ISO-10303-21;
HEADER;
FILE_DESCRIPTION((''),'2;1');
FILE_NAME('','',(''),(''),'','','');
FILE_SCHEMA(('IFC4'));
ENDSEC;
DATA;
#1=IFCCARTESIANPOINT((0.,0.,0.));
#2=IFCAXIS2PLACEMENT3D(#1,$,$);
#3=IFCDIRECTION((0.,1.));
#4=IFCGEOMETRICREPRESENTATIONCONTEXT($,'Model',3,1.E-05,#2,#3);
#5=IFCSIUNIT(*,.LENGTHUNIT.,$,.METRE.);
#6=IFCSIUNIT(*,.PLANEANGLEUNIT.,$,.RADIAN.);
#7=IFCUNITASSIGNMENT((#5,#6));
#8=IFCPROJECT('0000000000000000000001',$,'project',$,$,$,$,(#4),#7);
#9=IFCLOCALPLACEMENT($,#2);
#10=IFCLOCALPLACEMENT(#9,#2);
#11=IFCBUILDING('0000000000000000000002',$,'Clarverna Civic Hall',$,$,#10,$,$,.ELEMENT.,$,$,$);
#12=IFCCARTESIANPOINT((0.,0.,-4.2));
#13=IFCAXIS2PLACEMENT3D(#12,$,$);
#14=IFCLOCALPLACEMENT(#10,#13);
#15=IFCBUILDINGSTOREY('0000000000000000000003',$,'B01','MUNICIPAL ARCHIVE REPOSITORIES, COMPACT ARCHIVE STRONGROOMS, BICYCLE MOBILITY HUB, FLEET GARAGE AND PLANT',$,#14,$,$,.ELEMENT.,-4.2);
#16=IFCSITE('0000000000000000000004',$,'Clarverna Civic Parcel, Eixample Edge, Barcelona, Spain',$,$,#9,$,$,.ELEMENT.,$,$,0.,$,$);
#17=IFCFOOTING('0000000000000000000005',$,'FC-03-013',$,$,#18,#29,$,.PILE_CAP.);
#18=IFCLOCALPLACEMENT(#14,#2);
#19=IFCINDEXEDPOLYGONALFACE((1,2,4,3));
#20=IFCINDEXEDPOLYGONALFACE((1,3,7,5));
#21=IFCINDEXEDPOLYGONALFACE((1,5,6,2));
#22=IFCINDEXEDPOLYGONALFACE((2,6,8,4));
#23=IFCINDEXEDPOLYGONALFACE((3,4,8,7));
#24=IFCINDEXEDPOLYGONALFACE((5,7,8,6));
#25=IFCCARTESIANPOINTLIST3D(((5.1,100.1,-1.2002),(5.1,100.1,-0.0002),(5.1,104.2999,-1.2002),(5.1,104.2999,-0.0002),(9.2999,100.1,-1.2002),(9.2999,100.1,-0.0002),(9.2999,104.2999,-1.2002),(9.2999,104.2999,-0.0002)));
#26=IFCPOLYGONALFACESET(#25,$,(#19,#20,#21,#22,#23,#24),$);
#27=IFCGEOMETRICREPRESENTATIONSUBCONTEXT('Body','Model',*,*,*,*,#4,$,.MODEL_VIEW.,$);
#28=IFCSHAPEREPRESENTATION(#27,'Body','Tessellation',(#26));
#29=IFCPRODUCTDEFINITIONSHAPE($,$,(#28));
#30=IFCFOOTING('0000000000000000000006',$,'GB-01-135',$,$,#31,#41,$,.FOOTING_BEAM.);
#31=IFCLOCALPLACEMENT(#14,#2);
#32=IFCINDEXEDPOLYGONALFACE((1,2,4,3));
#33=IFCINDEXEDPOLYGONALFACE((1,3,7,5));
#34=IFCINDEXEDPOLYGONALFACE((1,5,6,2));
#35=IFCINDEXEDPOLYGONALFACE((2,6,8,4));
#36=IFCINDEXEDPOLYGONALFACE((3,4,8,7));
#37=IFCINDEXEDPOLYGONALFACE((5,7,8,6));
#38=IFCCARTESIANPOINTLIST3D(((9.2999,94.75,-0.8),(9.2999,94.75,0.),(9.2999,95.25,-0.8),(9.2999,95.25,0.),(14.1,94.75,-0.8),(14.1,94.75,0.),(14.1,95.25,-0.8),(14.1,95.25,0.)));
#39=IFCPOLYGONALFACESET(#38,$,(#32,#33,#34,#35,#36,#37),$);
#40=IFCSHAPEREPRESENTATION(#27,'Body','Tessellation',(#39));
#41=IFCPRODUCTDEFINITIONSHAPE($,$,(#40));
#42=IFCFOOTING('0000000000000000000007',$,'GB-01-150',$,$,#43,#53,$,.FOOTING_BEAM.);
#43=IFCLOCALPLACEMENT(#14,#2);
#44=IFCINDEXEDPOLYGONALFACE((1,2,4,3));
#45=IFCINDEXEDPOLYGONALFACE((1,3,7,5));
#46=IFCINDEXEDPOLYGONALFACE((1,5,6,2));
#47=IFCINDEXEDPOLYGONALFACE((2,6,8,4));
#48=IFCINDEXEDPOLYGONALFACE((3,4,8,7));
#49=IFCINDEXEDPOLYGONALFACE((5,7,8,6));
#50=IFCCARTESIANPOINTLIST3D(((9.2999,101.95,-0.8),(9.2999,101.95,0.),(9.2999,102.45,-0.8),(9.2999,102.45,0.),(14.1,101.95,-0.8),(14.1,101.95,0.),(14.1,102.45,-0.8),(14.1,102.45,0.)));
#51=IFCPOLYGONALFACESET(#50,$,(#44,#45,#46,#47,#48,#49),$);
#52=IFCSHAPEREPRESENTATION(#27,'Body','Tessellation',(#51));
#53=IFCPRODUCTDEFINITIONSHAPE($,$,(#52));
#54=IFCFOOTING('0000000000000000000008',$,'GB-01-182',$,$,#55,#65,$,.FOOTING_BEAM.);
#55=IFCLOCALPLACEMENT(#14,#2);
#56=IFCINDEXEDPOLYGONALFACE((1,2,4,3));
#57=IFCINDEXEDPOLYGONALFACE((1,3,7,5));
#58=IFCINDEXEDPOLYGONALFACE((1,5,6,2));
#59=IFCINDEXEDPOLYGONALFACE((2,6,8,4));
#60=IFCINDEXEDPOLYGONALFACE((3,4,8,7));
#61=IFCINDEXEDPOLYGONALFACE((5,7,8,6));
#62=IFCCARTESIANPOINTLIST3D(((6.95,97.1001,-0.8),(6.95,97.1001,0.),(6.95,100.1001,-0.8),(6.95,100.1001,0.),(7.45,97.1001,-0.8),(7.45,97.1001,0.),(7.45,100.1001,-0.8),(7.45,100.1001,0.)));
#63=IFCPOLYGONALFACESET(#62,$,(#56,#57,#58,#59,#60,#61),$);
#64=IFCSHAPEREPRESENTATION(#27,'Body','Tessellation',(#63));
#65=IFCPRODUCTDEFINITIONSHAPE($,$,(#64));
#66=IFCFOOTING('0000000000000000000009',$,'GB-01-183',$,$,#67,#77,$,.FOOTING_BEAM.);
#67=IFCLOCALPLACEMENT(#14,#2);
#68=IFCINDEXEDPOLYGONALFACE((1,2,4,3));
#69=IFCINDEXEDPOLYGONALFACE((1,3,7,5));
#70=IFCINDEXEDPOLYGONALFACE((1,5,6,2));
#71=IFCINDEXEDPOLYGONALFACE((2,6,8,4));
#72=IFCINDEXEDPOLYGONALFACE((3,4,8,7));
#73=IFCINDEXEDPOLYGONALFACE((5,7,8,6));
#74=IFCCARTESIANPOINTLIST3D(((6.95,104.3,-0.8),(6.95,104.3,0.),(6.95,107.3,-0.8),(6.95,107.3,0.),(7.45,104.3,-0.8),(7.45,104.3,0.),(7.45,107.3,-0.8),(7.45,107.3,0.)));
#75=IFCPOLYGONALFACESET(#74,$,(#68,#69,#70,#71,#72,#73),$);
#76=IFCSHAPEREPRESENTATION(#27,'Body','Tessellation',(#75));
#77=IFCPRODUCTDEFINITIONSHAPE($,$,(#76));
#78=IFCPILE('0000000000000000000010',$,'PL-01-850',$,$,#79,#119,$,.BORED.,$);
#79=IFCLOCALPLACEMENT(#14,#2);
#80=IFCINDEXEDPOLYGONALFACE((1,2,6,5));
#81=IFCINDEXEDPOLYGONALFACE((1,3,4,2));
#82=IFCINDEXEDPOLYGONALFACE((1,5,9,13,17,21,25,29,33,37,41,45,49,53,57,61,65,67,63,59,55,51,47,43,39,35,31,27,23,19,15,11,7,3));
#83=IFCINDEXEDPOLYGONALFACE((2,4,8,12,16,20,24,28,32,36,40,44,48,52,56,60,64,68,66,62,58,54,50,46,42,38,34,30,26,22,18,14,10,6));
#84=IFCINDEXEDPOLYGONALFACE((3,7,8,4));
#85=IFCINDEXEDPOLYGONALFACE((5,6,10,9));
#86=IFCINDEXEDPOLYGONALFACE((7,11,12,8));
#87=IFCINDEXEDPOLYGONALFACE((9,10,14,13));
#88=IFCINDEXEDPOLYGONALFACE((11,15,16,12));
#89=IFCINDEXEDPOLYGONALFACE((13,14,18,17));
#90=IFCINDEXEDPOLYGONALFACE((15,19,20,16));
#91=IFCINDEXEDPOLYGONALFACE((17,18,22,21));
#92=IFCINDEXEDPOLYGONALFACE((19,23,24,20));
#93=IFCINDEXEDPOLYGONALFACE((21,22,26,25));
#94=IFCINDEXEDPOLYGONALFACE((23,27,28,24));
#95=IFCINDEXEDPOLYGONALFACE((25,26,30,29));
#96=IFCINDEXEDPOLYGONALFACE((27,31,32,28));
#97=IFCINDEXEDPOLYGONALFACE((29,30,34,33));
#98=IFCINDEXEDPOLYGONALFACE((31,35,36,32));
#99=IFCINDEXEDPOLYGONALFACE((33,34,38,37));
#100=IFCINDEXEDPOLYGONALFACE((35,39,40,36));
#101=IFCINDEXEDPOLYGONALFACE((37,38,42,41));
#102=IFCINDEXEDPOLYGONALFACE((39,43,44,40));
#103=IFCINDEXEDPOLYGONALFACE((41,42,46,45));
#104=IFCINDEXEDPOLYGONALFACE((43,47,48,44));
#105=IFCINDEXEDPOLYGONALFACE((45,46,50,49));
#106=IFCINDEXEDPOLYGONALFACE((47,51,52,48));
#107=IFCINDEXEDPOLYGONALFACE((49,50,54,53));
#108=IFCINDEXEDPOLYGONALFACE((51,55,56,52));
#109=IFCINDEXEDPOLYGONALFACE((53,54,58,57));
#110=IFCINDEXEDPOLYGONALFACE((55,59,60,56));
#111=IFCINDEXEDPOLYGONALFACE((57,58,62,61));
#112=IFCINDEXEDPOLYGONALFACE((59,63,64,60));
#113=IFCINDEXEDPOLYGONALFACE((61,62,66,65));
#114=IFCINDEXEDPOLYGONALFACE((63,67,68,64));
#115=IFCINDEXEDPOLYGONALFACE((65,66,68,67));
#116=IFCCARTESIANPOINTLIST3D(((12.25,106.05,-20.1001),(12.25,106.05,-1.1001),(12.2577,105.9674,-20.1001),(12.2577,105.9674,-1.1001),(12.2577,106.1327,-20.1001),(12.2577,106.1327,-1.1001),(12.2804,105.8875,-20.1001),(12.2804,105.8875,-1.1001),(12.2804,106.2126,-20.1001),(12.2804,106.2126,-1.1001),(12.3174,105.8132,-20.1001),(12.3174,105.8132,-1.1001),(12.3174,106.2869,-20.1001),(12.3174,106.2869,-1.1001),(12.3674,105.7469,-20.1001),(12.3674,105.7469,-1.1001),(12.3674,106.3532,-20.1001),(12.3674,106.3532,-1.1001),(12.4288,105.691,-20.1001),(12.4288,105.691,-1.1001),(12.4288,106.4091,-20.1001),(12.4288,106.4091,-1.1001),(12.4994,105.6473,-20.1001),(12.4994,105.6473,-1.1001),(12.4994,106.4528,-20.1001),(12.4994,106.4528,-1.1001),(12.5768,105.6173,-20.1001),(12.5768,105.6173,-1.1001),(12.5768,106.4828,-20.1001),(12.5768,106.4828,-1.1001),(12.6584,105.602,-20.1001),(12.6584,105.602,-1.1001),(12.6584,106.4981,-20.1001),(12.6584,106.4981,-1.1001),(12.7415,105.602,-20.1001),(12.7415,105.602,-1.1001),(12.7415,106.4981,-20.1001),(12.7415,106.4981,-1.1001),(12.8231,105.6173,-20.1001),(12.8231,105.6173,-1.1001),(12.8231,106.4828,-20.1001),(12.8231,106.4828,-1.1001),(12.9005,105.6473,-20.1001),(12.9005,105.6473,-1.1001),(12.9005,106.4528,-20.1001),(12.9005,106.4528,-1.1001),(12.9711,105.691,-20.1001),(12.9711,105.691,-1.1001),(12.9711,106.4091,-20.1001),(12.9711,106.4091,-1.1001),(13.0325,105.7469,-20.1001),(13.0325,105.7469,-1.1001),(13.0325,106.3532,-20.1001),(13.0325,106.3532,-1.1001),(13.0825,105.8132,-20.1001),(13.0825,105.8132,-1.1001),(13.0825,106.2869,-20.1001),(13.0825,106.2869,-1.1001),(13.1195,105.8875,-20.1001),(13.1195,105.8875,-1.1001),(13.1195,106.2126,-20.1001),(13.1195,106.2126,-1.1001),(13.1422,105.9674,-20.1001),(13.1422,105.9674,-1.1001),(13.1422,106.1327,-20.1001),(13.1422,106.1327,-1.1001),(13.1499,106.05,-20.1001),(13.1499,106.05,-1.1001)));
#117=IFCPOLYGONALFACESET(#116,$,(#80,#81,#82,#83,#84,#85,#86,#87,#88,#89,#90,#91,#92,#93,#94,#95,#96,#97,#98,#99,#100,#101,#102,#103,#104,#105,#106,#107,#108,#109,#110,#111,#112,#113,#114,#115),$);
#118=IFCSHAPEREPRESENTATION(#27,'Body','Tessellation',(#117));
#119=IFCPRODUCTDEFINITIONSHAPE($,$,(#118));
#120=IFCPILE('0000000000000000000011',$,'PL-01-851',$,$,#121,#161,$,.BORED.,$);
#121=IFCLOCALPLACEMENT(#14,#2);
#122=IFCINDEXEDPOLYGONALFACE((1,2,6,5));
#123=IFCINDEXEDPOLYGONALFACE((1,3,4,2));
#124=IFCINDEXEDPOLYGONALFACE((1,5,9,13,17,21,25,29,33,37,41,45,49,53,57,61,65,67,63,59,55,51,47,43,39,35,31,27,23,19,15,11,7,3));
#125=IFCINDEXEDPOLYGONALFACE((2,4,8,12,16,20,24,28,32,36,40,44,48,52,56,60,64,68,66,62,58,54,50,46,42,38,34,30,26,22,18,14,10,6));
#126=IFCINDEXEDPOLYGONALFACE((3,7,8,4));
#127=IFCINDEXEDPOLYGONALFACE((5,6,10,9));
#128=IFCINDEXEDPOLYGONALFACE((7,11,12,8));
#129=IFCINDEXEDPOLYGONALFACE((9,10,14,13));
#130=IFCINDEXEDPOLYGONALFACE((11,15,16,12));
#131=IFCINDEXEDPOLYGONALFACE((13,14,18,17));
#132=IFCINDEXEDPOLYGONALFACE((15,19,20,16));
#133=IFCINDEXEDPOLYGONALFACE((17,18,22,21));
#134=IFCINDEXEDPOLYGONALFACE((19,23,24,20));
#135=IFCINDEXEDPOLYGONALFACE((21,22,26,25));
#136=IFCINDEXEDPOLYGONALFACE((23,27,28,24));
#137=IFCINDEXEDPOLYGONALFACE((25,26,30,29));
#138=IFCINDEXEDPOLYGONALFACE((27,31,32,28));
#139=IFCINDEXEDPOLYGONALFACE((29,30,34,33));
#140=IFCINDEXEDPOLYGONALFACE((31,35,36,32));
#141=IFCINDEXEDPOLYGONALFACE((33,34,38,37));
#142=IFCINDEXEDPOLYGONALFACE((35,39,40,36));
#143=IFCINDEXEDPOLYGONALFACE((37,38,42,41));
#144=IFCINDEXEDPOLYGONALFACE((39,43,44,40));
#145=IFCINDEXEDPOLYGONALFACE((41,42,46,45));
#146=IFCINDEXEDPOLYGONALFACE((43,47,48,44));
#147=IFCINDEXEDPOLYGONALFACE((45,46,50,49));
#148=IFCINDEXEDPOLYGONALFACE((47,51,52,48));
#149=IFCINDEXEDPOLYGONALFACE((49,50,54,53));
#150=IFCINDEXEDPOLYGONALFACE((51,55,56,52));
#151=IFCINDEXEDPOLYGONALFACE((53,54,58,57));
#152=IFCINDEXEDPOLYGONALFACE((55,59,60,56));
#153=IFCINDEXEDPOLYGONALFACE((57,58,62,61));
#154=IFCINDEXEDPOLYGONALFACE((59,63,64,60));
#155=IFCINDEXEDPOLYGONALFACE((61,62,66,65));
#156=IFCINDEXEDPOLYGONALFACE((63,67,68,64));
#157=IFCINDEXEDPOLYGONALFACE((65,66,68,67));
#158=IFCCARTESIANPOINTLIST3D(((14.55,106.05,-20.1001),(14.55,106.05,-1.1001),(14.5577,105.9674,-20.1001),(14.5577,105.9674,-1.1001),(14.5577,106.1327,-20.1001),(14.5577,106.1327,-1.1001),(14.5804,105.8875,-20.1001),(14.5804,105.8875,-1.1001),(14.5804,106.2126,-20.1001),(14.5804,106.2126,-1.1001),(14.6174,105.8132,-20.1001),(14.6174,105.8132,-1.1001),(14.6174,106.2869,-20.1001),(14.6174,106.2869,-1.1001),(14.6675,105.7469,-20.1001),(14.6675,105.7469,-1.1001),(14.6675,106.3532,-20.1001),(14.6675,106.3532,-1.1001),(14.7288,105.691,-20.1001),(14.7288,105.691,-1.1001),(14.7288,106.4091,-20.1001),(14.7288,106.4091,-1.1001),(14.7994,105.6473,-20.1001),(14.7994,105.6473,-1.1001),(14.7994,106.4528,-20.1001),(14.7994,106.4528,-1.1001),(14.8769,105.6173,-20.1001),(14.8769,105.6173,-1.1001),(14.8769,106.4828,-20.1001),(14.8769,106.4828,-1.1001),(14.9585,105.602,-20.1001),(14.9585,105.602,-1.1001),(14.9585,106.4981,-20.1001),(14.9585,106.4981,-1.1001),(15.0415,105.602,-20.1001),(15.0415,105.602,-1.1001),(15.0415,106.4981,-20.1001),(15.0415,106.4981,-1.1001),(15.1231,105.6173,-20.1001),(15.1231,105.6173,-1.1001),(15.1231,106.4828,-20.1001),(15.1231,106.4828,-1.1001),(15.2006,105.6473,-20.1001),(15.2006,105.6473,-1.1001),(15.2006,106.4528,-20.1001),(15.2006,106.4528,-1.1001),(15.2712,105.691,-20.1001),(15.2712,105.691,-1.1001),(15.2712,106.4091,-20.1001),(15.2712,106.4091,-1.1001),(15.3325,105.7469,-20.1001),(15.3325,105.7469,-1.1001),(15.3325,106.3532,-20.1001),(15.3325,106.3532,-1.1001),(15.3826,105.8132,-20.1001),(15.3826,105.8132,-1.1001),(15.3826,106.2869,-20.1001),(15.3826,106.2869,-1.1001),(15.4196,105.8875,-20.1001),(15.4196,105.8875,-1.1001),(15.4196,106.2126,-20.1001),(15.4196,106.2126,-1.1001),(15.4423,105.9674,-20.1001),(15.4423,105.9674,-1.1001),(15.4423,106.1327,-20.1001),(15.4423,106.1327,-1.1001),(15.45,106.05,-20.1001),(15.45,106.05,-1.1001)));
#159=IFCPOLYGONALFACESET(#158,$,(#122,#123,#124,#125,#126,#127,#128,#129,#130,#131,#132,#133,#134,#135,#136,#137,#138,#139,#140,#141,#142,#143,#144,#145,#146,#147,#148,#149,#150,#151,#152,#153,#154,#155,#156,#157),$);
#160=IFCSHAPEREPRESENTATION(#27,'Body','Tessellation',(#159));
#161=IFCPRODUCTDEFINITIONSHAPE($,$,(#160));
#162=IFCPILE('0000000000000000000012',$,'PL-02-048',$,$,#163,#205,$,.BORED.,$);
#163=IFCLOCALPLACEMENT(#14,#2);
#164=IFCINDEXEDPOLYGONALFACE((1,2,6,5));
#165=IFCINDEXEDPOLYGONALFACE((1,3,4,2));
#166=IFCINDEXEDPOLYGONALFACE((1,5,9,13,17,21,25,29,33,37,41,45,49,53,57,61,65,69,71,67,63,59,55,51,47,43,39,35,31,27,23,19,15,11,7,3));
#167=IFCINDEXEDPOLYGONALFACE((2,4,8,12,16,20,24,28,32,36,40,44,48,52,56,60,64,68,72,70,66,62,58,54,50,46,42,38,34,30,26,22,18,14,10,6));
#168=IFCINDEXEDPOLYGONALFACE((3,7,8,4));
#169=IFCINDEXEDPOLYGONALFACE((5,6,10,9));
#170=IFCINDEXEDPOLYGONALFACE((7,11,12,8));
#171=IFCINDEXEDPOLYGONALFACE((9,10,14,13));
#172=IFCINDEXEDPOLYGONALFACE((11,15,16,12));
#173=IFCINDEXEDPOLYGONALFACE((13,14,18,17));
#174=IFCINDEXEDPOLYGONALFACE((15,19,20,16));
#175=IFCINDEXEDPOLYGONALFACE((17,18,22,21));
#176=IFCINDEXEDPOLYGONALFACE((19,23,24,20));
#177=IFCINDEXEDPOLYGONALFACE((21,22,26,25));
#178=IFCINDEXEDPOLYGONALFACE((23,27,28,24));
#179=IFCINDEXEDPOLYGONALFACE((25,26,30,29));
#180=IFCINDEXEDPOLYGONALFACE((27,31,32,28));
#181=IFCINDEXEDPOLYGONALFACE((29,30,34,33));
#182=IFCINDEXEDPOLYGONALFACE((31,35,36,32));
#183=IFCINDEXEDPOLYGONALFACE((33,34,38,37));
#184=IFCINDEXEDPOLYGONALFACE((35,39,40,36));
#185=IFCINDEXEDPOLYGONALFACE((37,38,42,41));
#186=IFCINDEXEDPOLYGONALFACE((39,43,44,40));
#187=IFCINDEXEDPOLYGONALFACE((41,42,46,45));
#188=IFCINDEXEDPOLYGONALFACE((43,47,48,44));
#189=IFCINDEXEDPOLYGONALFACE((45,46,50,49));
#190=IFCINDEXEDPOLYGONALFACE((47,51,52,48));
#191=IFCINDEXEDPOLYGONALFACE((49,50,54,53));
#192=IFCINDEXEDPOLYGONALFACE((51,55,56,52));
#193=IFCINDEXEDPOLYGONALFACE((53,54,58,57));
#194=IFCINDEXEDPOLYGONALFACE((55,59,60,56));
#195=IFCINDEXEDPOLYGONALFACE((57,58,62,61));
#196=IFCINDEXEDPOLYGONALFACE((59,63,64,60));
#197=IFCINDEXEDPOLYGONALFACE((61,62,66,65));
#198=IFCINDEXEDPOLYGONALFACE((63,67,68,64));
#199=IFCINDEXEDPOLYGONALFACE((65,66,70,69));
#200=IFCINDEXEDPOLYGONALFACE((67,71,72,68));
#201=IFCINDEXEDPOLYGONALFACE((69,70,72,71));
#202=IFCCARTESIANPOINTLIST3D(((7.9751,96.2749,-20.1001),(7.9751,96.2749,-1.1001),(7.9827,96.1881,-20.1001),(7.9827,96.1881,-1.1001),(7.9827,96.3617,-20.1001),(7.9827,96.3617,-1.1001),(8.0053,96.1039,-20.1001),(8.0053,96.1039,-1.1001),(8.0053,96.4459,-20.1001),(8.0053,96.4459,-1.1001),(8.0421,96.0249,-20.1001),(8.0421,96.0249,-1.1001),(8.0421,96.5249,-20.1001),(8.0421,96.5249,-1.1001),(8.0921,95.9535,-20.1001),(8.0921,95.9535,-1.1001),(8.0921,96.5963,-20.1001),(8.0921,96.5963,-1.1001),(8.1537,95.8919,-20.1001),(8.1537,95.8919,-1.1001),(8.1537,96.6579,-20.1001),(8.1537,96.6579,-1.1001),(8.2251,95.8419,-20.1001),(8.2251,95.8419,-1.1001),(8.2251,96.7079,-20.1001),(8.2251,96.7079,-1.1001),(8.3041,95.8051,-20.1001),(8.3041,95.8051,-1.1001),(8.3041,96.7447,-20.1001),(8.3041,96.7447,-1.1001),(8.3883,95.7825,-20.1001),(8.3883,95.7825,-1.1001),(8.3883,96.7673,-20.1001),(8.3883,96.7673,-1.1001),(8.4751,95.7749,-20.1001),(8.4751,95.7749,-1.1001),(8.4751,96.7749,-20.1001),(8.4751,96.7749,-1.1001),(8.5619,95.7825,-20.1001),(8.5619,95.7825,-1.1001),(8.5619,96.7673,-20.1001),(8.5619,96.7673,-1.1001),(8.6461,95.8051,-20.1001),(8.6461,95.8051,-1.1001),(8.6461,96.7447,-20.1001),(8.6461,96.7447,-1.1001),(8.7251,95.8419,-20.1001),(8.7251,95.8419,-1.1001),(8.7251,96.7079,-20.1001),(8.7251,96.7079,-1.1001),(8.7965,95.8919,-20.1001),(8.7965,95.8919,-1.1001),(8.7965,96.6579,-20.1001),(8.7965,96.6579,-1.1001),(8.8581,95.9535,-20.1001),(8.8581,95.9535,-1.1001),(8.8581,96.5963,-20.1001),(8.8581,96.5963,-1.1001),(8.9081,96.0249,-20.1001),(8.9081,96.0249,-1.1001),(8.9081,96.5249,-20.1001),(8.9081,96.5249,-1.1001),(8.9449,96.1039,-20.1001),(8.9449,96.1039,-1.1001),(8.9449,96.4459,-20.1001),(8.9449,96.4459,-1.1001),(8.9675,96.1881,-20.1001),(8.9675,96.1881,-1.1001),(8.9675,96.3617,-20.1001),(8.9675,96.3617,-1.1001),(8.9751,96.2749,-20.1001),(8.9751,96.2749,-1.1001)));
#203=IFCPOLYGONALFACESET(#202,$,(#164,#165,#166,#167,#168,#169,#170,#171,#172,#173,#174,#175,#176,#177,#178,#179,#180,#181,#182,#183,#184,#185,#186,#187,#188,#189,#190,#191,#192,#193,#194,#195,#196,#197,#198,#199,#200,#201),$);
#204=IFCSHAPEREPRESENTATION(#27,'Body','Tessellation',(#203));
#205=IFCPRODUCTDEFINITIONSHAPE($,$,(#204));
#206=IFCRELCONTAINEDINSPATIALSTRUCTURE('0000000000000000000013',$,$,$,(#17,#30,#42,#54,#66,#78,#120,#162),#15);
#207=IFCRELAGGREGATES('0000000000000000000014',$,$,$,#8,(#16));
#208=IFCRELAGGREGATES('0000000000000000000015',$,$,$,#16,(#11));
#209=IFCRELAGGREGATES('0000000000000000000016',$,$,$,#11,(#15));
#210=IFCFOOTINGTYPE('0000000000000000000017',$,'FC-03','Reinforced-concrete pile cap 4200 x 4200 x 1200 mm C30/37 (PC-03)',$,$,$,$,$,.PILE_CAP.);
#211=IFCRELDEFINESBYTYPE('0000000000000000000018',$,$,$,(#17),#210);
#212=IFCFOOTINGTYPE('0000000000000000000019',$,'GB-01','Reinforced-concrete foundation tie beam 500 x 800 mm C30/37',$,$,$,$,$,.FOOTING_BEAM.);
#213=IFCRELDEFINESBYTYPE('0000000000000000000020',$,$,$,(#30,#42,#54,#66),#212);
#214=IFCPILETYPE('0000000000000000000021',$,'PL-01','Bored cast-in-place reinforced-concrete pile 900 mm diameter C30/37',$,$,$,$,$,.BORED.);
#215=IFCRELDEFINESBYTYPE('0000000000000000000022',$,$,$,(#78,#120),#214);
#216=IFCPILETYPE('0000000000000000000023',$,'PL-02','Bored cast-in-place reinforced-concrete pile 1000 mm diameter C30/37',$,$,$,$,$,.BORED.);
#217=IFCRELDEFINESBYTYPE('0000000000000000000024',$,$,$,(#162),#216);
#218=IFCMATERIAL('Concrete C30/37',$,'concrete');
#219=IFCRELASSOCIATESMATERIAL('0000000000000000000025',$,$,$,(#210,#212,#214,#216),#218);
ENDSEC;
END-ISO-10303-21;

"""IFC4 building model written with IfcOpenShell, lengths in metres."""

from ifc_helpers import new_model, si_unit, direction, frame, frame_2d, origin, origin_2d, place, context, subcontext, project, spatial, rectangle, circle, extrude, material, material_profile, profile_set, type_object, element, save


model = new_model("IFC4")

# Units and contexts
model_context = context("Model", 3, precision=1e-05, world=origin(), true_north=direction((0.0, 1.0)))
body_context = subcontext(model_context, "Body", "Model", "MODEL_VIEW")
ifc_project = project(units=[si_unit("LENGTHUNIT", "METRE"), si_unit("PLANEANGLEUNIT", "RADIAN")], contexts=[model_context])

# Site, building, storey
site_placement = place(None, origin())
site = spatial("IfcSite", under=ifc_project, at=site_placement, Name="Clarverna Civic Parcel, Eixample Edge, Barcelona, Spain", CompositionType="ELEMENT", RefElevation=0.0)
building_placement = place(site_placement, origin())
building = spatial("IfcBuilding", under=site, at=building_placement, Name="Clarverna Civic Hall", CompositionType="ELEMENT")
storey_placement = place(building_placement, frame((0.0, 0.0, -4.2)))
storey = spatial("IfcBuildingStorey", under=building, at=storey_placement, Name="B01", Description="MUNICIPAL ARCHIVE REPOSITORIES, COMPACT ARCHIVE STRONGROOMS, BICYCLE MOBILITY HUB, FLEET GARAGE AND PLANT", CompositionType="ELEMENT", Elevation=-4.2)

# Footings
ifc_material_1 = material(Name="Concrete C30/37", Category="concrete")
footing_type_1 = type_object("IfcFootingType", Name="FC-03", Description="Reinforced-concrete pile cap 4200 x 4200 x 1200 mm C30/37 (PC-03)", PredefinedType="PILE_CAP", material=ifc_material_1)
footing_placement = place(storey_placement, frame((7.2, 102.2, -1.2002), z_axis=(0.0, 0.0, 1.0), x_axis=(1.0, 0.0, 0.0)))
element("IfcFooting", 1, at=footing_placement, inside=storey, type_object=footing_type_1, Name="FC-03-013", PredefinedType="PILE_CAP", context=body_context, shape_type="SweptSolid", body=[
    extrude(rectangle(XDim=4.2, YDim=4.2, at=origin_2d()), origin(), (0.0, 0.0, 1.0), 1.2),
])
footing_type_2 = type_object("IfcFootingType", Name="GB-01", Description="Reinforced-concrete foundation tie beam 500 x 800 mm C30/37", PredefinedType="FOOTING_BEAM", material=ifc_material_1)
for number, where, z_axis, x_axis, name in (
    (2, (9.3, 95.0, -0.8), (0.0, 0.0, 1.0), (1.0, 0.0, 0.0), "GB-01-135"),
    (3, (9.3, 102.2, -0.8), (0.0, 0.0, 1.0), (1.0, 0.0, 0.0), "GB-01-150"),
):
    element("IfcFooting", number, at=place(storey_placement, frame(where, z_axis=z_axis, x_axis=x_axis)), inside=storey, type_object=footing_type_2, Name=name, PredefinedType="FOOTING_BEAM", context=body_context, shape_type="SweptSolid", body=[
        extrude(rectangle(XDim=4.8, YDim=0.5, at=frame_2d((2.3999, 0.0))), origin(), (0.0, 0.0, 1.0), 0.8),
    ])
for number, where, z_axis, x_axis, name in (
    (4, (7.2, 97.1001, -0.8), (0.0, 0.0, 1.0), (0.0, 1.0, 0.0), "GB-01-182"),
    (5, (7.2, 104.3, -0.8), (0.0, 0.0, 1.0), (0.0, 1.0, 0.0), "GB-01-183"),
):
    element("IfcFooting", number, at=place(storey_placement, frame(where, z_axis=z_axis, x_axis=x_axis)), inside=storey, type_object=footing_type_2, Name=name, PredefinedType="FOOTING_BEAM", context=body_context, shape_type="SweptSolid", body=[
        extrude(rectangle(XDim=3.0, YDim=0.5, at=frame_2d((1.5, 0.0))), origin(), (0.0, 0.0, 1.0), 0.8),
    ])

# Piles
ifc_material_profile_1 = material_profile(ifc_material_1, circle(Radius=0.45, at=origin_2d()), Name="BORED PILE D900")
ifc_profile_set_1 = profile_set([ifc_material_profile_1], Name="Concrete C30/37")
pile_type_1 = type_object("IfcPileType", Name="PL-01", Description="Bored cast-in-place reinforced-concrete pile 900 mm diameter C30/37", PredefinedType="BORED", material=ifc_profile_set_1)
for number, where, z_axis, x_axis, name in (
    (6, (12.7, 106.05, -1.1001), (0.0, 0.0, -1.0), (1.0, 0.0, 0.0), "PL-01-850"),
    (7, (15.0, 106.05, -1.1001), (0.0, 0.0, -1.0), (1.0, 0.0, 0.0), "PL-01-851"),
):
    element("IfcPile", number, at=place(storey_placement, frame(where, z_axis=z_axis, x_axis=x_axis)), inside=storey, type_object=pile_type_1, Name=name, PredefinedType="BORED", context=body_context, shape_type="SweptSolid", body=[
        extrude(circle(Radius=0.45, at=origin_2d()), origin(), (0.0, 0.0, 1.0), 19.0),
    ])
ifc_material_profile_2 = material_profile(ifc_material_1, circle(Radius=0.5, at=origin_2d()), Name="BORED PILE D1000")
ifc_profile_set_2 = profile_set([ifc_material_profile_2], Name="Concrete C30/37")
pile_type_2 = type_object("IfcPileType", Name="PL-02", Description="Bored cast-in-place reinforced-concrete pile 1000 mm diameter C30/37", PredefinedType="BORED", material=ifc_profile_set_2)
for number, where, z_axis, x_axis, name in (
    (8, (8.4751, 96.2749, -1.1001), (0.0, 0.0, -1.0), (1.0, 0.0, 0.0), "PL-02-048"),
):
    element("IfcPile", number, at=place(storey_placement, frame(where, z_axis=z_axis, x_axis=x_axis)), inside=storey, type_object=pile_type_2, Name=name, PredefinedType="BORED", context=body_context, shape_type="SweptSolid", body=[
        extrude(circle(Radius=0.5, at=origin_2d()), origin(), (0.0, 0.0, 1.0), 19.0),
    ])

save(model, "model.ifc")
